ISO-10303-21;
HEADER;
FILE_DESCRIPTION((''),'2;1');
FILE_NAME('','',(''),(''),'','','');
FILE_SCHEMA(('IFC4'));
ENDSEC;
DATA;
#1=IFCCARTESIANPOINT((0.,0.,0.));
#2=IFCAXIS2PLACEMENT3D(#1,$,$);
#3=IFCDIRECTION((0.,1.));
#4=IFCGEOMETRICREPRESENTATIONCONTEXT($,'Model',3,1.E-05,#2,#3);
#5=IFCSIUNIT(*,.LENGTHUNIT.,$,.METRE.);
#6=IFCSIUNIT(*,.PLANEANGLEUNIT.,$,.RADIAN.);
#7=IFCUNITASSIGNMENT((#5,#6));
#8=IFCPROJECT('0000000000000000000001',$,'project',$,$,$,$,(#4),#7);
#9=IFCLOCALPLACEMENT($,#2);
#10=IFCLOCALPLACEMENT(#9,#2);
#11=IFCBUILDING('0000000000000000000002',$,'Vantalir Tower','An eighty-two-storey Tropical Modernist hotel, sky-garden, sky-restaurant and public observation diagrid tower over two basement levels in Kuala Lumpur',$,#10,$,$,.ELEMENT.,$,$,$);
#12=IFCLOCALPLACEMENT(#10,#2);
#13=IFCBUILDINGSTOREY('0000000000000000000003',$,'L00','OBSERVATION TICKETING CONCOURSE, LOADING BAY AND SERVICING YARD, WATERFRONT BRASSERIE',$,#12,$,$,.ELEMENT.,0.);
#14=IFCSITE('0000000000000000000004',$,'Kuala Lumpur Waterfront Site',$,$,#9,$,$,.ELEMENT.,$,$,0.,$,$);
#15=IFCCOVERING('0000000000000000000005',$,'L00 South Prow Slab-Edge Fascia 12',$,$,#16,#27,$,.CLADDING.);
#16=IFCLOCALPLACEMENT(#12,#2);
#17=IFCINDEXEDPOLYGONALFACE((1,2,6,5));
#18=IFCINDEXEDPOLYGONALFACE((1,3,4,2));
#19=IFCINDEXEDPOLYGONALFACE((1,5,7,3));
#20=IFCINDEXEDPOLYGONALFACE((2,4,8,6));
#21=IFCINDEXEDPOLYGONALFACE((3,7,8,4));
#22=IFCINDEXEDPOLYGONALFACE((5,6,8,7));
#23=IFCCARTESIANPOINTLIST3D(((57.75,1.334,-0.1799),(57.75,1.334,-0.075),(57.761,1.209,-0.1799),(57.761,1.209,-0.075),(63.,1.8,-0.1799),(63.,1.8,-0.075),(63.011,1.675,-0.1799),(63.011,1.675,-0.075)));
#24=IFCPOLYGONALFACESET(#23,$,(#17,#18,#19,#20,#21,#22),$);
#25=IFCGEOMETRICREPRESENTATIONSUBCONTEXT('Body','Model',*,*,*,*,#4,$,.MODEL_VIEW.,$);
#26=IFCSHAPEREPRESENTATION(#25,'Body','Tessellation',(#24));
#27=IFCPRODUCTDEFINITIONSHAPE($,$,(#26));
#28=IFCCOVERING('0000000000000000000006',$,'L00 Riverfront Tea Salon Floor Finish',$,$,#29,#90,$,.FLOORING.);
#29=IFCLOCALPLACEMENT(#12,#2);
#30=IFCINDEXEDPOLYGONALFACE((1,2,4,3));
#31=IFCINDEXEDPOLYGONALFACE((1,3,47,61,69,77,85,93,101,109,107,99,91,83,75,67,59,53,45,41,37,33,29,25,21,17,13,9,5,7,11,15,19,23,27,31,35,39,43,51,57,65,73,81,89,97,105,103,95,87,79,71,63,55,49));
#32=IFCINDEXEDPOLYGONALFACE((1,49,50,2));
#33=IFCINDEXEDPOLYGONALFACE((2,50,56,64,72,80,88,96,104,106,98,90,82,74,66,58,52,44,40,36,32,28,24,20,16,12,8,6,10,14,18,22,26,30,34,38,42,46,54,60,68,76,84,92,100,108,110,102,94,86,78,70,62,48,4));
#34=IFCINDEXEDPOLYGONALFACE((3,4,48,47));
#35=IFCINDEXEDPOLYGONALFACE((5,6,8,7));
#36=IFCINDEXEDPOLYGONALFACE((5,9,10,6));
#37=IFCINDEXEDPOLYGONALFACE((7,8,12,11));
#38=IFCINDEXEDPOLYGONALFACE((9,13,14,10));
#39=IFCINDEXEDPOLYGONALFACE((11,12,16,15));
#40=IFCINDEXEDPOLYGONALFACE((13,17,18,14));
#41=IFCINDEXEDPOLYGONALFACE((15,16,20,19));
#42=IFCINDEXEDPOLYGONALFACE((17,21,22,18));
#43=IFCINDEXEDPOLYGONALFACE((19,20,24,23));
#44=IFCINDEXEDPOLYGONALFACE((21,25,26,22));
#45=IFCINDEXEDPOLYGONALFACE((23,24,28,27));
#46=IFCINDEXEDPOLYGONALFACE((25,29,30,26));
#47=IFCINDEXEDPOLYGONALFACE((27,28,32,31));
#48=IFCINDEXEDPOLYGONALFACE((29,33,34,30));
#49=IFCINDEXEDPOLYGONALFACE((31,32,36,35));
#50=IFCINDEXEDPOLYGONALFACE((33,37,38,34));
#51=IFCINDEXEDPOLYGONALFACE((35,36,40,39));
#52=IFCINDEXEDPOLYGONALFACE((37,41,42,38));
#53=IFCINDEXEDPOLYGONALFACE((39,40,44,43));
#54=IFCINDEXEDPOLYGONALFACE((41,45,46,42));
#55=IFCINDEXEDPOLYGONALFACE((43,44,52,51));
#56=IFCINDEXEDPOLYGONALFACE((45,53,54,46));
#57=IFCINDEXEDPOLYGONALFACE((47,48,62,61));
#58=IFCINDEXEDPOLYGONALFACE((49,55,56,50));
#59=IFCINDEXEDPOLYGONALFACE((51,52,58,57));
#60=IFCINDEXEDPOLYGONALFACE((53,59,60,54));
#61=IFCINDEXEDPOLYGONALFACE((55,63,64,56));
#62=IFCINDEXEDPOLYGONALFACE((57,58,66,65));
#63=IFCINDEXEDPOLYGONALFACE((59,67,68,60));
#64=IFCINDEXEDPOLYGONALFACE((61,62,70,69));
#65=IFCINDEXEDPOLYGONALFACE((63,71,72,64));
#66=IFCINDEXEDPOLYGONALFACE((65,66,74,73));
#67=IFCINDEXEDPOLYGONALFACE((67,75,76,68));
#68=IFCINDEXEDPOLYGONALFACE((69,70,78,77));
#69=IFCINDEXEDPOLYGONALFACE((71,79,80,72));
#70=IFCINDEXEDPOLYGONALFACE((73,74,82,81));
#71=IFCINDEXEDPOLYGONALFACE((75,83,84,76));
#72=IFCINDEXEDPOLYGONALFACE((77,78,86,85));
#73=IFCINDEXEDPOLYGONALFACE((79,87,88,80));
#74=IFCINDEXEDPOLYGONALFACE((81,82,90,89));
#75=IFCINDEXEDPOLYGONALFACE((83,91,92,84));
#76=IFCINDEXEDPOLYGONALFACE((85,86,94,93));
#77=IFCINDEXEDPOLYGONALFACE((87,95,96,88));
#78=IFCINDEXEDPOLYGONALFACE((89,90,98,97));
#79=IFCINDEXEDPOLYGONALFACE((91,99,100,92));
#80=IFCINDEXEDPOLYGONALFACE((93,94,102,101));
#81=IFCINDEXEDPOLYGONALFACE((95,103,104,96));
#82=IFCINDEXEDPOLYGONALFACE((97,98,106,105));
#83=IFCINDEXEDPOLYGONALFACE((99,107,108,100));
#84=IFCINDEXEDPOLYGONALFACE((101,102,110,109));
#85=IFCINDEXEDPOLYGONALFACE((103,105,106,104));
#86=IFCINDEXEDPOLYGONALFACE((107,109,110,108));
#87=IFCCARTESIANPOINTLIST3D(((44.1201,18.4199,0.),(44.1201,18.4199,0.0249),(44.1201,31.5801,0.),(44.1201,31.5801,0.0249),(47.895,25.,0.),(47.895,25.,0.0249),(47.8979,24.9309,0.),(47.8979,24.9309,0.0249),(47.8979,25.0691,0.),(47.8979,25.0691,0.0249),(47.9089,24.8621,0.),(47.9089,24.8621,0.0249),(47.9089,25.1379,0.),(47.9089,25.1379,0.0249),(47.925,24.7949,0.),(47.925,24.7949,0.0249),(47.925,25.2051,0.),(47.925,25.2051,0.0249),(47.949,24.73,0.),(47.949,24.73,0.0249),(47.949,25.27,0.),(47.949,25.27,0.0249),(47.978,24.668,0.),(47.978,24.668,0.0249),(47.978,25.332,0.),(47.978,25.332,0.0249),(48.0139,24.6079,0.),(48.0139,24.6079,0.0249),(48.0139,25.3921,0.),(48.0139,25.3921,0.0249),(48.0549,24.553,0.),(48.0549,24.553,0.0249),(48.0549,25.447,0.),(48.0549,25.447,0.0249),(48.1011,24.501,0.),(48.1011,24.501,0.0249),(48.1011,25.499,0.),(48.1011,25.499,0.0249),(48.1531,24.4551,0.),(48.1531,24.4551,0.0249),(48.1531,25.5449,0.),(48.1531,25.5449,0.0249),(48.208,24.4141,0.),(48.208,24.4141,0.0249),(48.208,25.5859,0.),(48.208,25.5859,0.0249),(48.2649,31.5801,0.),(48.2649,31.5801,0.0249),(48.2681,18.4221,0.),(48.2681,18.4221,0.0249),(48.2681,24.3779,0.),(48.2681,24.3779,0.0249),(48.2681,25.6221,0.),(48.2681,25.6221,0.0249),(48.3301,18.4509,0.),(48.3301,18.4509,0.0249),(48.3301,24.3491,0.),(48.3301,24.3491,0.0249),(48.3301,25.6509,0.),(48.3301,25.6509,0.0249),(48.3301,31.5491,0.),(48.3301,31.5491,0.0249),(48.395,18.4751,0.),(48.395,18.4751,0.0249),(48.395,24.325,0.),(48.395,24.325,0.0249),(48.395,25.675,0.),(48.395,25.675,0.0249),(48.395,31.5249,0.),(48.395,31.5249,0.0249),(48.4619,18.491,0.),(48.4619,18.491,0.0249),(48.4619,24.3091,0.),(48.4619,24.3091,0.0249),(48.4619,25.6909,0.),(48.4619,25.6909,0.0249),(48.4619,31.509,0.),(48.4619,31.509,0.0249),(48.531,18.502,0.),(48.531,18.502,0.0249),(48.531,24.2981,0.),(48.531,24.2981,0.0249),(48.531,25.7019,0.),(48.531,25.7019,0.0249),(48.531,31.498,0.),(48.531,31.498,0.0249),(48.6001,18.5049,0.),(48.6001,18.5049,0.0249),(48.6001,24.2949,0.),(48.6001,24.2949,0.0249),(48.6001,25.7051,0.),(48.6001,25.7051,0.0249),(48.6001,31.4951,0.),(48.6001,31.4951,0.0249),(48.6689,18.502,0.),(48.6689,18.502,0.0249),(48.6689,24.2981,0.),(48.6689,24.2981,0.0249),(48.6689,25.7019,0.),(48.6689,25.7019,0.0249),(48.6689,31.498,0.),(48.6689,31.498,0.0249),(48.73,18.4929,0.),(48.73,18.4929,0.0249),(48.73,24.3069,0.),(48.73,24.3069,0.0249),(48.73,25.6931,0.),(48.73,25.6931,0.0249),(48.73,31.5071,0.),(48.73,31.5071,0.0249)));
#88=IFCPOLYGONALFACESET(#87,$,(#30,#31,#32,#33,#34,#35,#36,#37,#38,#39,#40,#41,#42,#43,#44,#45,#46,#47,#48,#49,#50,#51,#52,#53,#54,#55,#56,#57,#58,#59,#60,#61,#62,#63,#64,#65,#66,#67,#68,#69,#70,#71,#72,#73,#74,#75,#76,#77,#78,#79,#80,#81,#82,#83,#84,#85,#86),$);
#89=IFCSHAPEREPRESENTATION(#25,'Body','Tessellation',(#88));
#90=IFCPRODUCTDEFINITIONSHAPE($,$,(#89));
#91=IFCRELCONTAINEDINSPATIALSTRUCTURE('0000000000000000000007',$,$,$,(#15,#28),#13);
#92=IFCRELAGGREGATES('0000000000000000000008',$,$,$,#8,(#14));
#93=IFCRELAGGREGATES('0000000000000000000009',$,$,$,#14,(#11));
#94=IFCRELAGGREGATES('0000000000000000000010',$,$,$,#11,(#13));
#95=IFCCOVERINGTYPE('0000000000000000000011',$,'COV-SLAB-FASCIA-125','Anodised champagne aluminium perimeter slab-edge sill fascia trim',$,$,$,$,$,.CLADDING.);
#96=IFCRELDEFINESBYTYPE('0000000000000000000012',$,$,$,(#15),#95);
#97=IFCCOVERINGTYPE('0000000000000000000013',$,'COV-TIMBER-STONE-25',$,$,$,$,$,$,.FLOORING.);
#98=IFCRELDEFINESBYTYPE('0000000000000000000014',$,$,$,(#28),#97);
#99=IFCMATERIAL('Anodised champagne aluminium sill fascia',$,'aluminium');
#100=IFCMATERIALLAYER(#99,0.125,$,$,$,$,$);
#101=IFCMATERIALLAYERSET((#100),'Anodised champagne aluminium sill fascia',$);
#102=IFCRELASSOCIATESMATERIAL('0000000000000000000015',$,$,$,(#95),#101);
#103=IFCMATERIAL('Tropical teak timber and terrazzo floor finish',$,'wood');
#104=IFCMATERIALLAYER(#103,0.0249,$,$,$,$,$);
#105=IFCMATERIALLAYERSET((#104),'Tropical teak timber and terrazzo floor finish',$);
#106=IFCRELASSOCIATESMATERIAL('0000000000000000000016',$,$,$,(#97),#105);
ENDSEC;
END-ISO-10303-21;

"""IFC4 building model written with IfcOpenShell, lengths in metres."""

from ifc_helpers import new_model, si_unit, direction, frame, origin, place, context, subcontext, project, spatial, polyline, outline, extrude, material, layer, layer_set, type_object, element, save


model = new_model("IFC4")

# Units and contexts
model_context = context("Model", 3, precision=1e-05, world=origin(), true_north=direction((0.0, 1.0)))
body_context = subcontext(model_context, "Body", "Model", "MODEL_VIEW")
ifc_project = project(units=[si_unit("LENGTHUNIT", "METRE"), si_unit("PLANEANGLEUNIT", "RADIAN")], contexts=[model_context])

# Site, building, storey
site_placement = place(None, origin())
site = spatial("IfcSite", under=ifc_project, at=site_placement, Name="Kuala Lumpur Waterfront Site", CompositionType="ELEMENT", RefElevation=0.0)
building_placement = place(site_placement, origin())
building = spatial("IfcBuilding", under=site, at=building_placement, Name="Vantalir Tower", Description="An eighty-two-storey Tropical Modernist hotel, sky-garden, sky-restaurant and public observation diagrid tower over two basement levels in Kuala Lumpur", CompositionType="ELEMENT")
storey_placement = place(building_placement, origin())
storey = spatial("IfcBuildingStorey", under=building, at=storey_placement, Name="L00", Description="OBSERVATION TICKETING CONCOURSE, LOADING BAY AND SERVICING YARD, WATERFRONT BRASSERIE", CompositionType="ELEMENT", Elevation=0.0)

# Coverings
ifc_material_1 = material(Name="Anodised champagne aluminium sill fascia", Category="aluminium")
ifc_layer_1 = layer(ifc_material_1, 0.125)
ifc_layer_set_1 = layer_set([ifc_layer_1], Name="Anodised champagne aluminium sill fascia")
covering_type_1 = type_object("IfcCoveringType", Name="COV-SLAB-FASCIA-125", Description="Anodised champagne aluminium perimeter slab-edge sill fascia trim", PredefinedType="CLADDING", material=ifc_layer_set_1)
covering_1_placement = place(storey_placement, frame((0.0, 0.0, -0.1799)))
element("IfcCovering", 1, at=covering_1_placement, inside=storey, type_object=covering_type_1, Name="L00 South Prow Slab-Edge Fascia 12", PredefinedType="CLADDING", context=body_context, shape_type="SweptSolid", body=[
    extrude(outline(polyline([(57.75, 1.334), (57.761, 1.209), (63.011, 1.675), (63.0, 1.8), (57.75, 1.334)])), origin(), (0.0, 0.0, 1.0), 0.105),
])
ifc_material_2 = material(Name="Tropical teak timber and terrazzo floor finish", Category="wood")
ifc_layer_2 = layer(ifc_material_2, 0.0249)
ifc_layer_set_2 = layer_set([ifc_layer_2], Name="Tropical teak timber and terrazzo floor finish")
covering_type_2 = type_object("IfcCoveringType", Name="COV-TIMBER-STONE-25", PredefinedType="FLOORING", material=ifc_layer_set_2)
covering_2_placement = place(storey_placement, origin())
element("IfcCovering", 2, at=covering_2_placement, inside=storey, type_object=covering_type_2, Name="L00 Riverfront Tea Salon Floor Finish", PredefinedType="FLOORING", context=body_context, shape_type="SweptSolid", body=[
    extrude(outline(polyline([(48.73, 31.5071), (48.6689, 31.498), (48.6001, 31.4951), (48.531, 31.498), (48.4619, 31.509), (48.395, 31.5249), (48.3301, 31.5491), (48.2649, 31.5801), (44.1201, 31.5801), (44.1201, 18.4199), (48.2681, 18.4221), (48.3301, 18.4509), (48.395, 18.4751), (48.4619, 18.491), (48.531, 18.502), (48.6001, 18.5049), (48.6689, 18.502), (48.73, 18.4929), (48.73, 24.3069), (48.6689, 24.2981), (48.6001, 24.2949), (48.531, 24.2981), (48.4619, 24.3091), (48.395, 24.325), (48.3301, 24.3491), (48.2681, 24.3779), (48.208, 24.4141), (48.1531, 24.4551), (48.1011, 24.501), (48.0549, 24.553), (48.0139, 24.6079), (47.978, 24.668), (47.949, 24.73), (47.925, 24.7949), (47.9089, 24.8621), (47.8979, 24.9309), (47.895, 25.0), (47.8979, 25.0691), (47.9089, 25.1379), (47.925, 25.2051), (47.949, 25.27), (47.978, 25.332), (48.0139, 25.3921), (48.0549, 25.447), (48.1011, 25.499), (48.1531, 25.5449), (48.208, 25.5859), (48.2681, 25.6221), (48.3301, 25.6509), (48.395, 25.675), (48.4619, 25.6909), (48.531, 25.7019), (48.6001, 25.7051), (48.6689, 25.7019), (48.73, 25.6931), (48.73, 31.5071)])), origin(), (0.0, 0.0, 1.0), 0.0249),
])

save(model, "model.ifc")
